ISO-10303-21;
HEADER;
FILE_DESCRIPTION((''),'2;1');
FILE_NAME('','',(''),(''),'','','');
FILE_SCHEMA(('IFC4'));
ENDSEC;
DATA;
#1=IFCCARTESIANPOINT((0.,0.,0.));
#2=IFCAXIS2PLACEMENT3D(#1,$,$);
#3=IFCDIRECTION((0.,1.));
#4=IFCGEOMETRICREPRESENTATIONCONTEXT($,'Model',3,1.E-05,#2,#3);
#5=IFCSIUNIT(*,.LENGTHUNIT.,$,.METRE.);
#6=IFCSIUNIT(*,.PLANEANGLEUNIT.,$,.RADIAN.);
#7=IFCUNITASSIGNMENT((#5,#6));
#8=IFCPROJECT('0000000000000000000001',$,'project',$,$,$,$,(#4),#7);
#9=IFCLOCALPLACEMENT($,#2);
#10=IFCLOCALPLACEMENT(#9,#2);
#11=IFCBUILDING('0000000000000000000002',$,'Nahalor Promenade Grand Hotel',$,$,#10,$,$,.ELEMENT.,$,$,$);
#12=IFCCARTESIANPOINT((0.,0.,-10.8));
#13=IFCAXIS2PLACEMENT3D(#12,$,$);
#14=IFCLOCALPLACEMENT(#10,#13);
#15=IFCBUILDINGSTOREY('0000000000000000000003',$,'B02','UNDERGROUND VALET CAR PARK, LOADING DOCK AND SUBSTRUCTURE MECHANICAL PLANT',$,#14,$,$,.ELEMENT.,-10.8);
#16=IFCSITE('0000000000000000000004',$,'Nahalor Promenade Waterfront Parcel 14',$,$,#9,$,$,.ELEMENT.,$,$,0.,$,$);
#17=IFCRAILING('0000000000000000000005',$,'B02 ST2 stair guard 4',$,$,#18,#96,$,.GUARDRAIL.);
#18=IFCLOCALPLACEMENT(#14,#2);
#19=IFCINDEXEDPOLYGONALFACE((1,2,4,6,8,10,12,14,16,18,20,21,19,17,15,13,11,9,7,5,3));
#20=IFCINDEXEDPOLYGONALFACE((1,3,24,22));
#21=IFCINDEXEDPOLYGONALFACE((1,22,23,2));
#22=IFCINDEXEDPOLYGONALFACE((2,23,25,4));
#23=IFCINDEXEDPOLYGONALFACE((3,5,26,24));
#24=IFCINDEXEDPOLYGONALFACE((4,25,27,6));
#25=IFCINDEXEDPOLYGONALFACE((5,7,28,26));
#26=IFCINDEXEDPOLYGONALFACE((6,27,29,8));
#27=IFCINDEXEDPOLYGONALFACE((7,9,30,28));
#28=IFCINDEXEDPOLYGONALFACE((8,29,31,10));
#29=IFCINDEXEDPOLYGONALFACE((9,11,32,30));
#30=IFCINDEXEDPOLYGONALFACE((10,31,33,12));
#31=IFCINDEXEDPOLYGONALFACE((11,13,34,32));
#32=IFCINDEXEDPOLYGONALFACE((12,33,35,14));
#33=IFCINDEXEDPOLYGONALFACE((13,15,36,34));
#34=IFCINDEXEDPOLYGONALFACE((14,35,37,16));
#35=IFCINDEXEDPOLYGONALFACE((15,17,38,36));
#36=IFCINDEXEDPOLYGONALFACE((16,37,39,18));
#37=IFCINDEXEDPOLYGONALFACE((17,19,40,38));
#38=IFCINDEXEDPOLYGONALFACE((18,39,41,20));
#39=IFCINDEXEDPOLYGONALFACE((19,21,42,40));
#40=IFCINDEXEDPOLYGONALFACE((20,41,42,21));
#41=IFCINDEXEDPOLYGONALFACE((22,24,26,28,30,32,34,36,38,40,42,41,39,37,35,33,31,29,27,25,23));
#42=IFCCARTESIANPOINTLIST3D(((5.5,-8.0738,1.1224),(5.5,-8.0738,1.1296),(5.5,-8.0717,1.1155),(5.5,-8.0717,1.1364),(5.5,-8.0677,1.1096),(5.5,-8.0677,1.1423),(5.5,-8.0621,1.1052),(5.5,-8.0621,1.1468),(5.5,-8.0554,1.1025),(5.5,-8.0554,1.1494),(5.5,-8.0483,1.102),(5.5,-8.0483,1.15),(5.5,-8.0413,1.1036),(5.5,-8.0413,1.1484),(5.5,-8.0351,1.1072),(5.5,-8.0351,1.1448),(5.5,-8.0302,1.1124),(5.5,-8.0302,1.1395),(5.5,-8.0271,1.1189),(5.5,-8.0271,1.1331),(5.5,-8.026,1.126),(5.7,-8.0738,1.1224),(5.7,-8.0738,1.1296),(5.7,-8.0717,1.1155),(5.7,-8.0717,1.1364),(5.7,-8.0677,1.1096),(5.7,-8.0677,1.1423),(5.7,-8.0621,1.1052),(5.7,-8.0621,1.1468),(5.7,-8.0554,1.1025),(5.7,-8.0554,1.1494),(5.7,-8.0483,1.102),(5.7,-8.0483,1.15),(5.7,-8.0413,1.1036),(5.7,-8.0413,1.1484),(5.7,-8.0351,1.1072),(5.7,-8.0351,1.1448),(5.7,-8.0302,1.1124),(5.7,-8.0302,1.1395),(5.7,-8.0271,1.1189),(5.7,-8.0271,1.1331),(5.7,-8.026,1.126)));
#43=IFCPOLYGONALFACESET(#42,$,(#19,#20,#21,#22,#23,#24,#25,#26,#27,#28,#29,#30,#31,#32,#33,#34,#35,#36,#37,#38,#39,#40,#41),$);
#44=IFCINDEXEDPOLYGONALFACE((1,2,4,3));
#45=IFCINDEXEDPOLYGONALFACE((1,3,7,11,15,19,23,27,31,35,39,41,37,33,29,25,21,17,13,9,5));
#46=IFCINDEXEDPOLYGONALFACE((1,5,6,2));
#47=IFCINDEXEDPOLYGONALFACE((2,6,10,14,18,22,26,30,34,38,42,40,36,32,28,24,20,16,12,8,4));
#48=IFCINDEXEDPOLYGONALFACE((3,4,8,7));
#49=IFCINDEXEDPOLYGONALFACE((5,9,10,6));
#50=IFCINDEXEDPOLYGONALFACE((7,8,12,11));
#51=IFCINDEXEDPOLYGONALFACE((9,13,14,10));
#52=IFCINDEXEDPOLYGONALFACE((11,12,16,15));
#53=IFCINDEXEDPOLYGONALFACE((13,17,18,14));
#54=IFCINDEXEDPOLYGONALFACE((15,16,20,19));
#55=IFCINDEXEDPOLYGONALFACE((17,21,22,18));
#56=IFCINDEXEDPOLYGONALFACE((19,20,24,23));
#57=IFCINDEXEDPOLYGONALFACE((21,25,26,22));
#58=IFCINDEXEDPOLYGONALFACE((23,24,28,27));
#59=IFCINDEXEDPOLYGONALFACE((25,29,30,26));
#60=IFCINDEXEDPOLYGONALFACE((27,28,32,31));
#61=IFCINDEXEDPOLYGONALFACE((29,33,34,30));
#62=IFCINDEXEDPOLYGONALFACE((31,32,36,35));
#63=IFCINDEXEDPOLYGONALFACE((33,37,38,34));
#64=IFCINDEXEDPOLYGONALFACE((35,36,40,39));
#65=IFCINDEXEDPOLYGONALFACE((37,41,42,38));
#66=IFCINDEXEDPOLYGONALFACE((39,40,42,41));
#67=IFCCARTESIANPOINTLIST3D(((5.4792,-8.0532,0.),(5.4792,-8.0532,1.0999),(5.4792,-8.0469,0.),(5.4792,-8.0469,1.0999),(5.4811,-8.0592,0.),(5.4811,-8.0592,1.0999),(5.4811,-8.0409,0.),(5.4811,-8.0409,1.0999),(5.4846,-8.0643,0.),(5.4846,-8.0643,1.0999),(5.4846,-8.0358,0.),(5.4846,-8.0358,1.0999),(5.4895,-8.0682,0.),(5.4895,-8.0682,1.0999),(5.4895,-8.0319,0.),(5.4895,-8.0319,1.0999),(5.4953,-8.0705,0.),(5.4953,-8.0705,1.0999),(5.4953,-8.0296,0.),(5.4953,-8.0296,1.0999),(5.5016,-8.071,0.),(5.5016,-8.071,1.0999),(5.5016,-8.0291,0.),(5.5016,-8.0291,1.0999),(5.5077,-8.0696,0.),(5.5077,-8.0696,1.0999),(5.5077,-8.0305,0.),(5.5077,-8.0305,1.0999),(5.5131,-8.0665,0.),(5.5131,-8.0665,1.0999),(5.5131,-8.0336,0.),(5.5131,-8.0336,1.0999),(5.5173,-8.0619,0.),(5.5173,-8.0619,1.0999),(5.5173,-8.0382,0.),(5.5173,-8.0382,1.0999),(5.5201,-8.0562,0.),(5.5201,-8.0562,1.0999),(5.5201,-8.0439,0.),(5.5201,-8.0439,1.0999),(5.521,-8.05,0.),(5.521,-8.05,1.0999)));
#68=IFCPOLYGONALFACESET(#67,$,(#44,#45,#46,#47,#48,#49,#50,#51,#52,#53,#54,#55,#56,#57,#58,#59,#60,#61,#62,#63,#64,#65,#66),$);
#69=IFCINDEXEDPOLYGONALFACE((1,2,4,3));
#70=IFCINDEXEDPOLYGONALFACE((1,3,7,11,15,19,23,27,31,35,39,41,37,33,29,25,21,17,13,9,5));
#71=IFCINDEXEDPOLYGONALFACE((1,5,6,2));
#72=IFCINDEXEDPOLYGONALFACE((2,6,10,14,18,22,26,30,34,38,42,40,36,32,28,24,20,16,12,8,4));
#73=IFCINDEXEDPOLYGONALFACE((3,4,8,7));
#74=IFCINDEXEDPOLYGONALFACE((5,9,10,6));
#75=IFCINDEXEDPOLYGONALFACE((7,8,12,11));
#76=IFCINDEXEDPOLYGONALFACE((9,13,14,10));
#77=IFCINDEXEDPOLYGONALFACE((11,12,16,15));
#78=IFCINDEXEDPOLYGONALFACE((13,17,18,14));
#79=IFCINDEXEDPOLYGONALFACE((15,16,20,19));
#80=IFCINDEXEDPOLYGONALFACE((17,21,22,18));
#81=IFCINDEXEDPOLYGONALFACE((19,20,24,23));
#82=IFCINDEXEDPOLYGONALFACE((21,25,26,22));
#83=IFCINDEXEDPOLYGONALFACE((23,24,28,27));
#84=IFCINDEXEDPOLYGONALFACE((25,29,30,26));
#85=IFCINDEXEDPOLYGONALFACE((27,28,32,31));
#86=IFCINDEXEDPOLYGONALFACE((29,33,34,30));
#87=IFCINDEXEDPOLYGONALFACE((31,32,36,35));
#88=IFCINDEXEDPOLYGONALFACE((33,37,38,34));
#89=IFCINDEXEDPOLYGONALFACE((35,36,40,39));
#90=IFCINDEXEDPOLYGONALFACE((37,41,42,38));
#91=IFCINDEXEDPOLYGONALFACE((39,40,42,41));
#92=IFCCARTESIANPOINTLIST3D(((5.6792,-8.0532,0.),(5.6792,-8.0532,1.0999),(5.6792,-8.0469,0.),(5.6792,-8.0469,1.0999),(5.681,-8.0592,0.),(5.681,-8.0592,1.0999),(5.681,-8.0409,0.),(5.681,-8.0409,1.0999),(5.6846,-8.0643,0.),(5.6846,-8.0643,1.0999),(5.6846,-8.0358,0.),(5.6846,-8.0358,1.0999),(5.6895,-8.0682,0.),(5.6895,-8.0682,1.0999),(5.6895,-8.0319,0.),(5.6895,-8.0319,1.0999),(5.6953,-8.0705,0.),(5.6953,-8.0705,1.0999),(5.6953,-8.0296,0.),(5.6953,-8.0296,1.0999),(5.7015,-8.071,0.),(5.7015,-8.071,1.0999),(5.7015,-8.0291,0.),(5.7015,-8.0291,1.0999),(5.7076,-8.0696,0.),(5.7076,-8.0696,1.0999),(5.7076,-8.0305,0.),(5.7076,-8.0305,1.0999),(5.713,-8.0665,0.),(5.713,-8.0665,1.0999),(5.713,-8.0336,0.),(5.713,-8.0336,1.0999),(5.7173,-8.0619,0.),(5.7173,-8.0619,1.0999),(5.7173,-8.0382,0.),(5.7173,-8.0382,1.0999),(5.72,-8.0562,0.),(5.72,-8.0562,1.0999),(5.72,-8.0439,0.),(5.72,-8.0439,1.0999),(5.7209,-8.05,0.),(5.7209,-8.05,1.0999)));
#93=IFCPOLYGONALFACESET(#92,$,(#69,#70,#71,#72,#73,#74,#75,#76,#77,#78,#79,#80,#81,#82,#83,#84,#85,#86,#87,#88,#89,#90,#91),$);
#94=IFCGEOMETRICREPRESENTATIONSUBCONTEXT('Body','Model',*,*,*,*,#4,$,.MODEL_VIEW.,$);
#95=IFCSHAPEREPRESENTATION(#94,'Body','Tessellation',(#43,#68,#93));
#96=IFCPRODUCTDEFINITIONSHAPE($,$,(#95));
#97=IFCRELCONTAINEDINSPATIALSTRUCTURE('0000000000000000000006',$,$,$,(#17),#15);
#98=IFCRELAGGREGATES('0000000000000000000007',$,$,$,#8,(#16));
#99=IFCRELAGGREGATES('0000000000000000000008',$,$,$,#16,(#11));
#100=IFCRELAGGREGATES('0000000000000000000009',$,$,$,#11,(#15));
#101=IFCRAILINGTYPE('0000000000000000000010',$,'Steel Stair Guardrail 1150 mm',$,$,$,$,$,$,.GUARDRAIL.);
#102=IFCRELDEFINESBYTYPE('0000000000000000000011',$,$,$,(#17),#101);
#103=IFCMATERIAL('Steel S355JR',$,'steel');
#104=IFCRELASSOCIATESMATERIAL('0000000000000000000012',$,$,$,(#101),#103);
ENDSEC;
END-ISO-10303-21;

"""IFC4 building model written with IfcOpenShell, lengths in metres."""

from ifc_helpers import new_model, si_unit, direction, frame, origin, origin_2d, place, context, subcontext, project, spatial, circle, extrude, material, type_object, element, save


model = new_model("IFC4")

# Units and contexts
model_context = context("Model", 3, precision=1e-05, world=origin(), true_north=direction((0.0, 1.0)))
body_context = subcontext(model_context, "Body", "Model", "MODEL_VIEW")
ifc_project = project(units=[si_unit("LENGTHUNIT", "METRE"), si_unit("PLANEANGLEUNIT", "RADIAN")], contexts=[model_context])

# Site, building, storey
site_placement = place(None, origin())
site = spatial("IfcSite", under=ifc_project, at=site_placement, Name="Nahalor Promenade Waterfront Parcel 14", CompositionType="ELEMENT", RefElevation=0.0)
building_placement = place(site_placement, origin())
building = spatial("IfcBuilding", under=site, at=building_placement, Name="Nahalor Promenade Grand Hotel", CompositionType="ELEMENT")
storey_placement = place(building_placement, frame((0.0, 0.0, -10.8)))
storey = spatial("IfcBuildingStorey", under=building, at=storey_placement, Name="B02", Description="UNDERGROUND VALET CAR PARK, LOADING DOCK AND SUBSTRUCTURE MECHANICAL PLANT", CompositionType="ELEMENT", Elevation=-10.8)

# Shared definitions
ifc_material_1 = material(Name="Steel S355JR", Category="steel")

# Railing
railing_type_1 = type_object("IfcRailingType", Name="Steel Stair Guardrail 1150 mm", PredefinedType="GUARDRAIL", material=ifc_material_1)
railing_1_placement = place(storey_placement, frame((5.5, -8.05, 0.0)))
element("IfcRailing", 1, at=railing_1_placement, inside=storey, type_object=railing_type_1, Name="B02 ST2 stair guard 4", PredefinedType="GUARDRAIL", context=body_context, shape_type="SweptSolid", body=[
    extrude(circle(Radius=0.024, at=origin_2d()), frame((0.0, 0.0, 1.126), z_axis=(1.0, 0.0, 0.0), x_axis=(0.0, 1.0, 0.0)), (0.0, 0.0, 1.0), 0.2),
    extrude(circle(Radius=0.021, at=origin_2d()), origin(), (0.0, 0.0, 1.0), 1.0999),
    extrude(circle(Radius=0.021, at=origin_2d()), frame((0.2, 0.0, 0.0)), (0.0, 0.0, 1.0), 1.0999),
])

save(model, "model.ifc")
